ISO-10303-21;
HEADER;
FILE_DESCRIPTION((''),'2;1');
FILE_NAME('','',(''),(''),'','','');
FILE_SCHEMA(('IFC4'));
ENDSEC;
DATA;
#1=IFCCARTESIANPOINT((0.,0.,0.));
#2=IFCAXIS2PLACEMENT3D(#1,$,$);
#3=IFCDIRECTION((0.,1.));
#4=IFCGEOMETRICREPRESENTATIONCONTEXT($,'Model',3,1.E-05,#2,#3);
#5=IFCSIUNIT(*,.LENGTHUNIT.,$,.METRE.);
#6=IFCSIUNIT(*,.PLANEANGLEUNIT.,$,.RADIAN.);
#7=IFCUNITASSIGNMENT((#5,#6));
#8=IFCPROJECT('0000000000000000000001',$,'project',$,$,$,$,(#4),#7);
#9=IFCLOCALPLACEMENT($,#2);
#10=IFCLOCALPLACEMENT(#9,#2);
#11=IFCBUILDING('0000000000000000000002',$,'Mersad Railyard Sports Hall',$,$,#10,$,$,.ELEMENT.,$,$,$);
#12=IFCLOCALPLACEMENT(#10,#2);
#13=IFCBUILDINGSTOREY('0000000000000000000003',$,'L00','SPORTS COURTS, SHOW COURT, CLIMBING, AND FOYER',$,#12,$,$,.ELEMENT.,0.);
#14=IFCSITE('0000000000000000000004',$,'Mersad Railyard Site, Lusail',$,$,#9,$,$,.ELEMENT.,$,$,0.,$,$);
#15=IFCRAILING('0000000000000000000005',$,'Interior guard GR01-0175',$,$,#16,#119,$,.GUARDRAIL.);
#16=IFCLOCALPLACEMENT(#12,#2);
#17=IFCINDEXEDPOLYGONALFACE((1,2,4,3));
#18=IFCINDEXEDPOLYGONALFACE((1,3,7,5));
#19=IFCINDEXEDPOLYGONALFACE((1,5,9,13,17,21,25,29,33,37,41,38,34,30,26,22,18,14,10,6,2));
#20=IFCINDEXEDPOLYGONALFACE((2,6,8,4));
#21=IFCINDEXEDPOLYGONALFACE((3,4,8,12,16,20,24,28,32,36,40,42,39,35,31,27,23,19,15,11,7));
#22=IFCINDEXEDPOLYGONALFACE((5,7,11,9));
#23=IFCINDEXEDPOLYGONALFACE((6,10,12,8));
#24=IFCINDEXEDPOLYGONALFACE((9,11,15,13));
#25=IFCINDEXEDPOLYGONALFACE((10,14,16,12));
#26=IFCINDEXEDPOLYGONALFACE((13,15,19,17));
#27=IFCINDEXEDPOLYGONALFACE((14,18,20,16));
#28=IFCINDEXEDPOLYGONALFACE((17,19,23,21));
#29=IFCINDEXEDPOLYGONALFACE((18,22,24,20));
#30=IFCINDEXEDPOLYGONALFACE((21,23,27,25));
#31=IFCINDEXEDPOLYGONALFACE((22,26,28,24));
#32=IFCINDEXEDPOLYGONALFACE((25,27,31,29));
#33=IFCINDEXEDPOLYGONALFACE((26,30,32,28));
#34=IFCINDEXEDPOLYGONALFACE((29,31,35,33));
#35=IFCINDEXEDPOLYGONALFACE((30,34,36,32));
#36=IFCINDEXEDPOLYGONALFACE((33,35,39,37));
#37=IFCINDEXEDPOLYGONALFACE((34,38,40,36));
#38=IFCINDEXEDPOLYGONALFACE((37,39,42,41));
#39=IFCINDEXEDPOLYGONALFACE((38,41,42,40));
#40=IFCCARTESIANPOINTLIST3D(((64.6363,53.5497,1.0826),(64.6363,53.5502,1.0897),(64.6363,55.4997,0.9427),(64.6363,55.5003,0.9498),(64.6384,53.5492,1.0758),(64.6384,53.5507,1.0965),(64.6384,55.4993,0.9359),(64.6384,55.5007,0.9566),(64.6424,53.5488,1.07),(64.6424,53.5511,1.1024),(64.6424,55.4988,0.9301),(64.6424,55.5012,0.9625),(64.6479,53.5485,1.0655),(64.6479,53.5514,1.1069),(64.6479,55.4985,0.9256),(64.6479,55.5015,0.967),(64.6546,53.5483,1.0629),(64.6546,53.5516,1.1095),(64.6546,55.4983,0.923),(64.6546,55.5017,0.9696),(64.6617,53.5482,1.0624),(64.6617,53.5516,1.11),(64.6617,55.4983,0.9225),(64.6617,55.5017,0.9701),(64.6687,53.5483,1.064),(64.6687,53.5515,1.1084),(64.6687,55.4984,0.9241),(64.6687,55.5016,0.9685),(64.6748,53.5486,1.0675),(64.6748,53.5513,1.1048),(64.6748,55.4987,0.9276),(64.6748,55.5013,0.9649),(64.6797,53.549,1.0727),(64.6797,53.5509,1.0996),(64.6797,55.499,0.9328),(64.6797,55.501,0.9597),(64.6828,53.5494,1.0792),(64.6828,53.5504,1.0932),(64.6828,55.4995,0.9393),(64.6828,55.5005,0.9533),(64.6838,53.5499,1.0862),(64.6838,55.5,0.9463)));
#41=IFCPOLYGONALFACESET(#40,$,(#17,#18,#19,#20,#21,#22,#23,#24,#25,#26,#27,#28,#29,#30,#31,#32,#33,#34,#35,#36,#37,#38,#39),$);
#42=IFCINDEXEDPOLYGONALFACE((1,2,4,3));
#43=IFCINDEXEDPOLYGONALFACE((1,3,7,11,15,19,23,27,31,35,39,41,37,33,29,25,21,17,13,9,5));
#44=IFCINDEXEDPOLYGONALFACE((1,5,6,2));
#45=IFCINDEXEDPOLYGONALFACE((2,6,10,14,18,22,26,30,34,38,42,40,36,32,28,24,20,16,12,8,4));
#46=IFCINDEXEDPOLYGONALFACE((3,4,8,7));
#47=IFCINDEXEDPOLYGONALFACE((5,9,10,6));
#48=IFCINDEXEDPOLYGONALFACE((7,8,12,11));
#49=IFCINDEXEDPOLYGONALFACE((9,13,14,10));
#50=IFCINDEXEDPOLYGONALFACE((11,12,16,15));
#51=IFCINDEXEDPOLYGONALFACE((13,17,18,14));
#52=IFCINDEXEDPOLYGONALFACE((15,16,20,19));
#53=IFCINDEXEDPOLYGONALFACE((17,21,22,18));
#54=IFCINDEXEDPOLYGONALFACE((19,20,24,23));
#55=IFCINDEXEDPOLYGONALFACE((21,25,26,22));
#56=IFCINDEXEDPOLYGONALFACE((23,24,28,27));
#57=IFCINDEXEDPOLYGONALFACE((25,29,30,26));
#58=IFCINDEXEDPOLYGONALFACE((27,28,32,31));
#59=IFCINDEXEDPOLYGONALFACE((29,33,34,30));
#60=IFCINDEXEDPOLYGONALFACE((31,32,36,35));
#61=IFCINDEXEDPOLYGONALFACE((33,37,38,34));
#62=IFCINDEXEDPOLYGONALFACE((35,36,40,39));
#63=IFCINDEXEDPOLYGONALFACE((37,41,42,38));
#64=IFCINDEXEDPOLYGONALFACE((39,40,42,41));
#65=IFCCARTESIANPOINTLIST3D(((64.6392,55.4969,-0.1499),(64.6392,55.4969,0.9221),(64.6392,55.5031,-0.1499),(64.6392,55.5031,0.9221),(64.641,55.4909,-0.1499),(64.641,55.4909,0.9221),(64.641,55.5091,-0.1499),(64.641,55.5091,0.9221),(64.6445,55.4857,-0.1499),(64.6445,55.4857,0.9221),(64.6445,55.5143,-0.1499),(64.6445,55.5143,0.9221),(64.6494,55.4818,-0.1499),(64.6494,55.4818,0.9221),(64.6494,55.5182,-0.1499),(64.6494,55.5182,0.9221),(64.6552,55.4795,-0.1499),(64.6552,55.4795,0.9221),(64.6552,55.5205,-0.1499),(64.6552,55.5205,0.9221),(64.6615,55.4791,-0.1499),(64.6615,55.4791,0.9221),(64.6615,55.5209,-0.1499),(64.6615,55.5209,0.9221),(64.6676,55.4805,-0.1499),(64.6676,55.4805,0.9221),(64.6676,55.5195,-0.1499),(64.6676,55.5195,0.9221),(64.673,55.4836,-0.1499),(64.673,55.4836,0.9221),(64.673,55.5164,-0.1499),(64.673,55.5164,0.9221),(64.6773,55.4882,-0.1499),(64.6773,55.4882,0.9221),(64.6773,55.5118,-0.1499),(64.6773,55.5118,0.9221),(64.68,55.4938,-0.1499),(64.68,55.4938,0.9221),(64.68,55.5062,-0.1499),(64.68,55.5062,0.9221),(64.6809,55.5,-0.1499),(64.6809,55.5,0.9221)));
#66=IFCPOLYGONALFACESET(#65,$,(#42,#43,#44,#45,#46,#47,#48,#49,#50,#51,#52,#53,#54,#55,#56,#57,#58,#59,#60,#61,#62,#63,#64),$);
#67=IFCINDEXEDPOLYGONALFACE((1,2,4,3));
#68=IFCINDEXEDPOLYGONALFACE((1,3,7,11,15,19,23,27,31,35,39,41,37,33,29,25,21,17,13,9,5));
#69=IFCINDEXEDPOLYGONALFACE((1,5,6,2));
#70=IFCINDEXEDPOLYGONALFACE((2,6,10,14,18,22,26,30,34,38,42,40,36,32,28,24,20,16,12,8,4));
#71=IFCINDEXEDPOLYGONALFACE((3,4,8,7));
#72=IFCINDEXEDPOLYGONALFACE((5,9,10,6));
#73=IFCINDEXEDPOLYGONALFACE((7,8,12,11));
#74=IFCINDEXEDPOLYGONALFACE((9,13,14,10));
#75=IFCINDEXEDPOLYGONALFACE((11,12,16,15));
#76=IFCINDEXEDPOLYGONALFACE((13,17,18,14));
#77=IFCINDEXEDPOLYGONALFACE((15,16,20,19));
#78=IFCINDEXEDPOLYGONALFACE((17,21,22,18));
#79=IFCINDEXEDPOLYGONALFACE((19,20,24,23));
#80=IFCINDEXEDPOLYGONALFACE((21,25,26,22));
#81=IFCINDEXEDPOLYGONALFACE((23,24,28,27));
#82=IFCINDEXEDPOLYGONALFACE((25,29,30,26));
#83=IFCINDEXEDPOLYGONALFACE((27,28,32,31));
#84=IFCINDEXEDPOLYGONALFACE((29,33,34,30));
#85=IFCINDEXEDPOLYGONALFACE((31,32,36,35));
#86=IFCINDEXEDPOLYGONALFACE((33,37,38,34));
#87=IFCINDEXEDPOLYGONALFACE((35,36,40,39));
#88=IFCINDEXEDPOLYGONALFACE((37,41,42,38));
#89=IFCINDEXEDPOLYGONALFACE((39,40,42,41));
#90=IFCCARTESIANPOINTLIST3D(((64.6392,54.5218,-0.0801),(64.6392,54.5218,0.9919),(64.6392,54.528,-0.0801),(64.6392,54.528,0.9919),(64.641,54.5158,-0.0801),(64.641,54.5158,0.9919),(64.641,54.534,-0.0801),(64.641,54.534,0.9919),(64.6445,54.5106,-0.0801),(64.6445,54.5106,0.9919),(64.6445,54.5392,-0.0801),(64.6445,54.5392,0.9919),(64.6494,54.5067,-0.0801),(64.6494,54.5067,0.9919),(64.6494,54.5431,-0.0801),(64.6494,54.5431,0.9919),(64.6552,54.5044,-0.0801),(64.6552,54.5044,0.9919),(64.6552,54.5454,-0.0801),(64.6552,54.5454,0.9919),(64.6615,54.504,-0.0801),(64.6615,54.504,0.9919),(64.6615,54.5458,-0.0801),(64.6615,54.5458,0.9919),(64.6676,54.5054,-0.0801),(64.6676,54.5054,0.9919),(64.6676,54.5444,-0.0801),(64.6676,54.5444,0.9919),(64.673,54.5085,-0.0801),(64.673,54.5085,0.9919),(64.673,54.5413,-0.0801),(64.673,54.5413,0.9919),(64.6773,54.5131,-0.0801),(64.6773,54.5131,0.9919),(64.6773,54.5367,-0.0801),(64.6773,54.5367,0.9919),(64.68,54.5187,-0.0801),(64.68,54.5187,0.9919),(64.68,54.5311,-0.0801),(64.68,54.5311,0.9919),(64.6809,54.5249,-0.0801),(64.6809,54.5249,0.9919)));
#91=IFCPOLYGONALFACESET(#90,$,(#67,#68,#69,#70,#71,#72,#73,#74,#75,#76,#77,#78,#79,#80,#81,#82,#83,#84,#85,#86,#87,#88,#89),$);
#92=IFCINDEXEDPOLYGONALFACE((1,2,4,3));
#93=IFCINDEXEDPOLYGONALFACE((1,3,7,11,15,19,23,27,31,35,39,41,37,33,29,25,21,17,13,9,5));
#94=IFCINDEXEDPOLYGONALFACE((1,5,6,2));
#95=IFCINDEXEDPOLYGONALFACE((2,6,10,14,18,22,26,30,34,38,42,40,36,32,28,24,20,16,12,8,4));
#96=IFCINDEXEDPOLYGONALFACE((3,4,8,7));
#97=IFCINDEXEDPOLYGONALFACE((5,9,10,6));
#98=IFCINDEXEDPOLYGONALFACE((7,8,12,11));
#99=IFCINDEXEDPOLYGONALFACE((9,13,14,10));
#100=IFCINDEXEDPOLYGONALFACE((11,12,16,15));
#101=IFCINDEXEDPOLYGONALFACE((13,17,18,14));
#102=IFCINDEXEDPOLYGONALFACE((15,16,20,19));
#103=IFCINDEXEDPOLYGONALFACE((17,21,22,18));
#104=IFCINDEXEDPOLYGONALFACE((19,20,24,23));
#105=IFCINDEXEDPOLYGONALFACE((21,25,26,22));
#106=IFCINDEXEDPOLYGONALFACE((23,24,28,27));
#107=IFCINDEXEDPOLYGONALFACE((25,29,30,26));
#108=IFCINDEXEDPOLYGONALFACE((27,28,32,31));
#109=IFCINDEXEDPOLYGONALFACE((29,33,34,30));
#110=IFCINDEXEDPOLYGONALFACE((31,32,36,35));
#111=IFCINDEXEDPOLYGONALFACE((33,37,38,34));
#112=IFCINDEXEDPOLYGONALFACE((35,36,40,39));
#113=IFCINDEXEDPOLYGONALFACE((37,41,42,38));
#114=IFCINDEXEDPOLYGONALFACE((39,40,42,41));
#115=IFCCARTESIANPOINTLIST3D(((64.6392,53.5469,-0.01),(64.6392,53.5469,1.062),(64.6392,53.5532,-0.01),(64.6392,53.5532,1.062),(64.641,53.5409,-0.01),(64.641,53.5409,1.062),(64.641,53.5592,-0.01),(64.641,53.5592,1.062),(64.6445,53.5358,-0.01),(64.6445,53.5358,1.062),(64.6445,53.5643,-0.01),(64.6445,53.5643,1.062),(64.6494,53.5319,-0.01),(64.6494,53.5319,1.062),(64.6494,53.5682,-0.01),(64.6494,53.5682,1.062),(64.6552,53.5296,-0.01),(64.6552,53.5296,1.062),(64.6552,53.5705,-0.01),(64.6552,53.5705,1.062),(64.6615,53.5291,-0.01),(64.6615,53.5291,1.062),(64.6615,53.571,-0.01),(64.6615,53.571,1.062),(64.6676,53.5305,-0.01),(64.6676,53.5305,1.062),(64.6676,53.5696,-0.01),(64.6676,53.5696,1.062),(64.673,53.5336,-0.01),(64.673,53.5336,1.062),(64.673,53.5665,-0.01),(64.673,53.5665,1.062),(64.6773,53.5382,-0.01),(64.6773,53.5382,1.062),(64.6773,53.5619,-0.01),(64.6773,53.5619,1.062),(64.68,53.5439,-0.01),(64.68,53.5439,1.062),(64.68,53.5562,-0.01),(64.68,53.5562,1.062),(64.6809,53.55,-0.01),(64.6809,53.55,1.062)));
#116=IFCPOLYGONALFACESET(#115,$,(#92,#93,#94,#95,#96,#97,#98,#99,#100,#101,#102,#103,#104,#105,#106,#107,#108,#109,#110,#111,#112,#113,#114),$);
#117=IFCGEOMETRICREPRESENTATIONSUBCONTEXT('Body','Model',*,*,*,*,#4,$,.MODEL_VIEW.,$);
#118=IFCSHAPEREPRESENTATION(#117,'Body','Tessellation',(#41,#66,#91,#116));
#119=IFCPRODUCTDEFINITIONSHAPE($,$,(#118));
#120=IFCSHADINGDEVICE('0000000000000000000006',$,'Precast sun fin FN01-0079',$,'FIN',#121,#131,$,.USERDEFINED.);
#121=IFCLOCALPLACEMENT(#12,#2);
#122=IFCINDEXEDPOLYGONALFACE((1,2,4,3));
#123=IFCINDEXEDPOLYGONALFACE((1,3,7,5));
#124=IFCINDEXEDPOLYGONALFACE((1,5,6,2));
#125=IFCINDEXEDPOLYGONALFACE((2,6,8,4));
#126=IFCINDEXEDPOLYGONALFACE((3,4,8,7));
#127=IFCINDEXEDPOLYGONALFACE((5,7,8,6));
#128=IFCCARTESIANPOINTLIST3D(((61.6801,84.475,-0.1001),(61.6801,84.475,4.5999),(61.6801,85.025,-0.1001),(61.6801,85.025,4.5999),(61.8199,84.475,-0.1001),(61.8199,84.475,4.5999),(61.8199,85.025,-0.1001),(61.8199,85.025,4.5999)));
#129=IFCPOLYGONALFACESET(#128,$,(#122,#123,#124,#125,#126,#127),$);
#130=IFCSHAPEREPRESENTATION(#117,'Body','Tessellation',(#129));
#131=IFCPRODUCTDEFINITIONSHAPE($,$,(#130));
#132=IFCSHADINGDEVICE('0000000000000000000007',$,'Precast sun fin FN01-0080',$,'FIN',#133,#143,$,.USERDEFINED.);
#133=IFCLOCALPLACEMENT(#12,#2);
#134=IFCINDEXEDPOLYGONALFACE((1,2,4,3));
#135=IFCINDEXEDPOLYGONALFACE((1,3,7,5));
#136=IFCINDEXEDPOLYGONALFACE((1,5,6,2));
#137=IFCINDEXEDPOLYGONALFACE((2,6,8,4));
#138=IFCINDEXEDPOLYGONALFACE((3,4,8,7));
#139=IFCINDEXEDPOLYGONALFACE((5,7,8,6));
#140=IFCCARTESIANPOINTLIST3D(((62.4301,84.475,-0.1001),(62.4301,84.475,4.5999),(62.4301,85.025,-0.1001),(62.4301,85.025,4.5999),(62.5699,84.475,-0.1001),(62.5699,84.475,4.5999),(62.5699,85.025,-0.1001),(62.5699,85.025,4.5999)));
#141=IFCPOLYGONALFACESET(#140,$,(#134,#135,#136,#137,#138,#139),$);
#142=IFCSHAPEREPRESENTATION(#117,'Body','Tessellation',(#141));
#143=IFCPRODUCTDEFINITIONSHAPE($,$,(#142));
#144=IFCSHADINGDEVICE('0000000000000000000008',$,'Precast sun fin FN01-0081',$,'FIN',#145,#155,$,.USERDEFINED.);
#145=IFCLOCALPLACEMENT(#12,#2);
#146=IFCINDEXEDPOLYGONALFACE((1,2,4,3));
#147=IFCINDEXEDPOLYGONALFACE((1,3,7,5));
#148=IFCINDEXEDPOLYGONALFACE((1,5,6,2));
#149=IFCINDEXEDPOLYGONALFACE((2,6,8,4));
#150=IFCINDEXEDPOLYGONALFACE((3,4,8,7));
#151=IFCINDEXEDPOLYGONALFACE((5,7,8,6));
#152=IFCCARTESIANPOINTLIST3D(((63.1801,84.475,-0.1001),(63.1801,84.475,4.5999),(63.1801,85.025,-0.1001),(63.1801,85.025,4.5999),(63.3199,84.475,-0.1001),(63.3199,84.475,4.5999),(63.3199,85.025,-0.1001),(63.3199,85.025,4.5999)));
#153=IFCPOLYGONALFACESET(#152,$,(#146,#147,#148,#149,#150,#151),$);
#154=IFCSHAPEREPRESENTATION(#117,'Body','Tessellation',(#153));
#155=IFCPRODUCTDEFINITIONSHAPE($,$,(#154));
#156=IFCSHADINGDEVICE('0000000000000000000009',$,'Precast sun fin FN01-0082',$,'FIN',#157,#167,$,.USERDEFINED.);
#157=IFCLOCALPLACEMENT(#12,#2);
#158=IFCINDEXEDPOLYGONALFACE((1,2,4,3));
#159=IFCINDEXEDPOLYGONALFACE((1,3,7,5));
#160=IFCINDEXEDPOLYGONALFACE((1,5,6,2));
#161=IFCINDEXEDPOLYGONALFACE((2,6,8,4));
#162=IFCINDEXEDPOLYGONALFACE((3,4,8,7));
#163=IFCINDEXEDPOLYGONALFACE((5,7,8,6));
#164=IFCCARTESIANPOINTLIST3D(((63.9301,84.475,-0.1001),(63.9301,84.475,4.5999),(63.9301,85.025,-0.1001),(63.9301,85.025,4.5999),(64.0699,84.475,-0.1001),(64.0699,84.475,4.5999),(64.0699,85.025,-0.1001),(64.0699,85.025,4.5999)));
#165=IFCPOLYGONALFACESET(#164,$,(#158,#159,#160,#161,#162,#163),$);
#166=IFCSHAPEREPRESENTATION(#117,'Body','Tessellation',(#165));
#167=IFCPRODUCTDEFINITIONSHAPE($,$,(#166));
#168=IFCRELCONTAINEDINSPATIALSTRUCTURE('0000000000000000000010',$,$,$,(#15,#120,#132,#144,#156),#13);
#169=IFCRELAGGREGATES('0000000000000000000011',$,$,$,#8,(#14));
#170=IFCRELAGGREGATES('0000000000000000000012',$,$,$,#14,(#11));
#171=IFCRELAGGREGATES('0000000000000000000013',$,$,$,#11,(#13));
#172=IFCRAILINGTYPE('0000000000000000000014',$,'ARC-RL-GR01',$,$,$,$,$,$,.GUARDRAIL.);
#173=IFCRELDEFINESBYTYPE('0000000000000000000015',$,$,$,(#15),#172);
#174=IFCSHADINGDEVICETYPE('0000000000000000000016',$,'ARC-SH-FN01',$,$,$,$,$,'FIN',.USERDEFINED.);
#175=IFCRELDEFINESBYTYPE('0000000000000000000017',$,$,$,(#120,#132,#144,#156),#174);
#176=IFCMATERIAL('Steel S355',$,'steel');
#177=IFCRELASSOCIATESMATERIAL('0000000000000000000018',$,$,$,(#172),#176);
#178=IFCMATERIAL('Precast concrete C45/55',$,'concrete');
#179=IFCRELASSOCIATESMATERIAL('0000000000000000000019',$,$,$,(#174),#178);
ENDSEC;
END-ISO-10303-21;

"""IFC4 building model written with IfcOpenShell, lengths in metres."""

from ifc_helpers import new_model, si_unit, direction, frame, origin, origin_2d, place, context, subcontext, project, spatial, rectangle, circle, extrude, material, type_object, element, save


model = new_model("IFC4")

# Units and contexts
model_context = context("Model", 3, precision=1e-05, world=origin(), true_north=direction((0.0, 1.0)))
body_context = subcontext(model_context, "Body", "Model", "MODEL_VIEW")
ifc_project = project(units=[si_unit("LENGTHUNIT", "METRE"), si_unit("PLANEANGLEUNIT", "RADIAN")], contexts=[model_context])

# Site, building, storey
site_placement = place(None, origin())
site = spatial("IfcSite", under=ifc_project, at=site_placement, Name="Mersad Railyard Site, Lusail", CompositionType="ELEMENT", RefElevation=0.0)
building_placement = place(site_placement, origin())
building = spatial("IfcBuilding", under=site, at=building_placement, Name="Mersad Railyard Sports Hall", CompositionType="ELEMENT")
storey_placement = place(building_placement, origin())
storey = spatial("IfcBuildingStorey", under=building, at=storey_placement, Name="L00", Description="SPORTS COURTS, SHOW COURT, CLIMBING, AND FOYER", CompositionType="ELEMENT", Elevation=0.0)

# Railing
ifc_material_1 = material(Name="Steel S355", Category="steel")
railing_type = type_object("IfcRailingType", Name="ARC-RL-GR01", PredefinedType="GUARDRAIL", material=ifc_material_1)
for number, where, name in (
    (1, (64.6599, 55.5, -0.1499), "Interior guard GR01-0175"),
):
    element("IfcRailing", number, at=place(storey_placement, frame(where)), inside=storey, type_object=railing_type, Name=name, PredefinedType="GUARDRAIL", context=body_context, shape_type="SweptSolid", body=[
        extrude(circle(Radius=0.0239, at=origin_2d()), frame((0.0, 0.0, 1.0962), z_axis=(0.0, -0.997436, 0.071558), x_axis=(1.0, 0.0, 0.0)), (0.0, 0.0, 1.0), 1.9551),
        extrude(circle(Radius=0.021, at=origin_2d()), origin(), (0.0, 0.0, 1.0), 1.072),
        extrude(circle(Radius=0.021, at=origin_2d()), frame((0.0, -0.9751, 0.0698)), (0.0, 0.0, 1.0), 1.072),
        extrude(circle(Radius=0.021, at=origin_2d()), frame((0.0, -1.95, 0.1399)), (0.0, 0.0, 1.0), 1.072),
    ])

# Shading devices
ifc_material_2 = material(Name="Precast concrete C45/55", Category="concrete")
shading_device_type = type_object("IfcShadingDeviceType", Name="ARC-SH-FN01", ElementType="FIN", PredefinedType="USERDEFINED", material=ifc_material_2)
for number, where, z_axis, x_axis, name in (
    (2, (61.75, 84.75, -0.1001), (0.0, 0.0, 1.0), (1.0, 0.0, 0.0), "Precast sun fin FN01-0079"),
    (3, (62.5, 84.75, -0.1001), (0.0, 0.0, 1.0), (1.0, 0.0, 0.0), "Precast sun fin FN01-0080"),
    (4, (63.25, 84.75, -0.1001), (0.0, 0.0, 1.0), (1.0, 0.0, 0.0), "Precast sun fin FN01-0081"),
    (5, (64.0, 84.75, -0.1001), (0.0, 0.0, 1.0), (1.0, 0.0, 0.0), "Precast sun fin FN01-0082"),
):
    element("IfcShadingDevice", number, at=place(storey_placement, frame(where, z_axis=z_axis, x_axis=x_axis)), inside=storey, type_object=shading_device_type, Name=name, ObjectType="FIN", PredefinedType="USERDEFINED", context=body_context, shape_type="SweptSolid", body=[
        extrude(rectangle(XDim=0.1399, YDim=0.55, at=origin_2d()), origin(), (0.0, 0.0, 1.0), 4.7),
    ])

save(model, "model.ifc")
